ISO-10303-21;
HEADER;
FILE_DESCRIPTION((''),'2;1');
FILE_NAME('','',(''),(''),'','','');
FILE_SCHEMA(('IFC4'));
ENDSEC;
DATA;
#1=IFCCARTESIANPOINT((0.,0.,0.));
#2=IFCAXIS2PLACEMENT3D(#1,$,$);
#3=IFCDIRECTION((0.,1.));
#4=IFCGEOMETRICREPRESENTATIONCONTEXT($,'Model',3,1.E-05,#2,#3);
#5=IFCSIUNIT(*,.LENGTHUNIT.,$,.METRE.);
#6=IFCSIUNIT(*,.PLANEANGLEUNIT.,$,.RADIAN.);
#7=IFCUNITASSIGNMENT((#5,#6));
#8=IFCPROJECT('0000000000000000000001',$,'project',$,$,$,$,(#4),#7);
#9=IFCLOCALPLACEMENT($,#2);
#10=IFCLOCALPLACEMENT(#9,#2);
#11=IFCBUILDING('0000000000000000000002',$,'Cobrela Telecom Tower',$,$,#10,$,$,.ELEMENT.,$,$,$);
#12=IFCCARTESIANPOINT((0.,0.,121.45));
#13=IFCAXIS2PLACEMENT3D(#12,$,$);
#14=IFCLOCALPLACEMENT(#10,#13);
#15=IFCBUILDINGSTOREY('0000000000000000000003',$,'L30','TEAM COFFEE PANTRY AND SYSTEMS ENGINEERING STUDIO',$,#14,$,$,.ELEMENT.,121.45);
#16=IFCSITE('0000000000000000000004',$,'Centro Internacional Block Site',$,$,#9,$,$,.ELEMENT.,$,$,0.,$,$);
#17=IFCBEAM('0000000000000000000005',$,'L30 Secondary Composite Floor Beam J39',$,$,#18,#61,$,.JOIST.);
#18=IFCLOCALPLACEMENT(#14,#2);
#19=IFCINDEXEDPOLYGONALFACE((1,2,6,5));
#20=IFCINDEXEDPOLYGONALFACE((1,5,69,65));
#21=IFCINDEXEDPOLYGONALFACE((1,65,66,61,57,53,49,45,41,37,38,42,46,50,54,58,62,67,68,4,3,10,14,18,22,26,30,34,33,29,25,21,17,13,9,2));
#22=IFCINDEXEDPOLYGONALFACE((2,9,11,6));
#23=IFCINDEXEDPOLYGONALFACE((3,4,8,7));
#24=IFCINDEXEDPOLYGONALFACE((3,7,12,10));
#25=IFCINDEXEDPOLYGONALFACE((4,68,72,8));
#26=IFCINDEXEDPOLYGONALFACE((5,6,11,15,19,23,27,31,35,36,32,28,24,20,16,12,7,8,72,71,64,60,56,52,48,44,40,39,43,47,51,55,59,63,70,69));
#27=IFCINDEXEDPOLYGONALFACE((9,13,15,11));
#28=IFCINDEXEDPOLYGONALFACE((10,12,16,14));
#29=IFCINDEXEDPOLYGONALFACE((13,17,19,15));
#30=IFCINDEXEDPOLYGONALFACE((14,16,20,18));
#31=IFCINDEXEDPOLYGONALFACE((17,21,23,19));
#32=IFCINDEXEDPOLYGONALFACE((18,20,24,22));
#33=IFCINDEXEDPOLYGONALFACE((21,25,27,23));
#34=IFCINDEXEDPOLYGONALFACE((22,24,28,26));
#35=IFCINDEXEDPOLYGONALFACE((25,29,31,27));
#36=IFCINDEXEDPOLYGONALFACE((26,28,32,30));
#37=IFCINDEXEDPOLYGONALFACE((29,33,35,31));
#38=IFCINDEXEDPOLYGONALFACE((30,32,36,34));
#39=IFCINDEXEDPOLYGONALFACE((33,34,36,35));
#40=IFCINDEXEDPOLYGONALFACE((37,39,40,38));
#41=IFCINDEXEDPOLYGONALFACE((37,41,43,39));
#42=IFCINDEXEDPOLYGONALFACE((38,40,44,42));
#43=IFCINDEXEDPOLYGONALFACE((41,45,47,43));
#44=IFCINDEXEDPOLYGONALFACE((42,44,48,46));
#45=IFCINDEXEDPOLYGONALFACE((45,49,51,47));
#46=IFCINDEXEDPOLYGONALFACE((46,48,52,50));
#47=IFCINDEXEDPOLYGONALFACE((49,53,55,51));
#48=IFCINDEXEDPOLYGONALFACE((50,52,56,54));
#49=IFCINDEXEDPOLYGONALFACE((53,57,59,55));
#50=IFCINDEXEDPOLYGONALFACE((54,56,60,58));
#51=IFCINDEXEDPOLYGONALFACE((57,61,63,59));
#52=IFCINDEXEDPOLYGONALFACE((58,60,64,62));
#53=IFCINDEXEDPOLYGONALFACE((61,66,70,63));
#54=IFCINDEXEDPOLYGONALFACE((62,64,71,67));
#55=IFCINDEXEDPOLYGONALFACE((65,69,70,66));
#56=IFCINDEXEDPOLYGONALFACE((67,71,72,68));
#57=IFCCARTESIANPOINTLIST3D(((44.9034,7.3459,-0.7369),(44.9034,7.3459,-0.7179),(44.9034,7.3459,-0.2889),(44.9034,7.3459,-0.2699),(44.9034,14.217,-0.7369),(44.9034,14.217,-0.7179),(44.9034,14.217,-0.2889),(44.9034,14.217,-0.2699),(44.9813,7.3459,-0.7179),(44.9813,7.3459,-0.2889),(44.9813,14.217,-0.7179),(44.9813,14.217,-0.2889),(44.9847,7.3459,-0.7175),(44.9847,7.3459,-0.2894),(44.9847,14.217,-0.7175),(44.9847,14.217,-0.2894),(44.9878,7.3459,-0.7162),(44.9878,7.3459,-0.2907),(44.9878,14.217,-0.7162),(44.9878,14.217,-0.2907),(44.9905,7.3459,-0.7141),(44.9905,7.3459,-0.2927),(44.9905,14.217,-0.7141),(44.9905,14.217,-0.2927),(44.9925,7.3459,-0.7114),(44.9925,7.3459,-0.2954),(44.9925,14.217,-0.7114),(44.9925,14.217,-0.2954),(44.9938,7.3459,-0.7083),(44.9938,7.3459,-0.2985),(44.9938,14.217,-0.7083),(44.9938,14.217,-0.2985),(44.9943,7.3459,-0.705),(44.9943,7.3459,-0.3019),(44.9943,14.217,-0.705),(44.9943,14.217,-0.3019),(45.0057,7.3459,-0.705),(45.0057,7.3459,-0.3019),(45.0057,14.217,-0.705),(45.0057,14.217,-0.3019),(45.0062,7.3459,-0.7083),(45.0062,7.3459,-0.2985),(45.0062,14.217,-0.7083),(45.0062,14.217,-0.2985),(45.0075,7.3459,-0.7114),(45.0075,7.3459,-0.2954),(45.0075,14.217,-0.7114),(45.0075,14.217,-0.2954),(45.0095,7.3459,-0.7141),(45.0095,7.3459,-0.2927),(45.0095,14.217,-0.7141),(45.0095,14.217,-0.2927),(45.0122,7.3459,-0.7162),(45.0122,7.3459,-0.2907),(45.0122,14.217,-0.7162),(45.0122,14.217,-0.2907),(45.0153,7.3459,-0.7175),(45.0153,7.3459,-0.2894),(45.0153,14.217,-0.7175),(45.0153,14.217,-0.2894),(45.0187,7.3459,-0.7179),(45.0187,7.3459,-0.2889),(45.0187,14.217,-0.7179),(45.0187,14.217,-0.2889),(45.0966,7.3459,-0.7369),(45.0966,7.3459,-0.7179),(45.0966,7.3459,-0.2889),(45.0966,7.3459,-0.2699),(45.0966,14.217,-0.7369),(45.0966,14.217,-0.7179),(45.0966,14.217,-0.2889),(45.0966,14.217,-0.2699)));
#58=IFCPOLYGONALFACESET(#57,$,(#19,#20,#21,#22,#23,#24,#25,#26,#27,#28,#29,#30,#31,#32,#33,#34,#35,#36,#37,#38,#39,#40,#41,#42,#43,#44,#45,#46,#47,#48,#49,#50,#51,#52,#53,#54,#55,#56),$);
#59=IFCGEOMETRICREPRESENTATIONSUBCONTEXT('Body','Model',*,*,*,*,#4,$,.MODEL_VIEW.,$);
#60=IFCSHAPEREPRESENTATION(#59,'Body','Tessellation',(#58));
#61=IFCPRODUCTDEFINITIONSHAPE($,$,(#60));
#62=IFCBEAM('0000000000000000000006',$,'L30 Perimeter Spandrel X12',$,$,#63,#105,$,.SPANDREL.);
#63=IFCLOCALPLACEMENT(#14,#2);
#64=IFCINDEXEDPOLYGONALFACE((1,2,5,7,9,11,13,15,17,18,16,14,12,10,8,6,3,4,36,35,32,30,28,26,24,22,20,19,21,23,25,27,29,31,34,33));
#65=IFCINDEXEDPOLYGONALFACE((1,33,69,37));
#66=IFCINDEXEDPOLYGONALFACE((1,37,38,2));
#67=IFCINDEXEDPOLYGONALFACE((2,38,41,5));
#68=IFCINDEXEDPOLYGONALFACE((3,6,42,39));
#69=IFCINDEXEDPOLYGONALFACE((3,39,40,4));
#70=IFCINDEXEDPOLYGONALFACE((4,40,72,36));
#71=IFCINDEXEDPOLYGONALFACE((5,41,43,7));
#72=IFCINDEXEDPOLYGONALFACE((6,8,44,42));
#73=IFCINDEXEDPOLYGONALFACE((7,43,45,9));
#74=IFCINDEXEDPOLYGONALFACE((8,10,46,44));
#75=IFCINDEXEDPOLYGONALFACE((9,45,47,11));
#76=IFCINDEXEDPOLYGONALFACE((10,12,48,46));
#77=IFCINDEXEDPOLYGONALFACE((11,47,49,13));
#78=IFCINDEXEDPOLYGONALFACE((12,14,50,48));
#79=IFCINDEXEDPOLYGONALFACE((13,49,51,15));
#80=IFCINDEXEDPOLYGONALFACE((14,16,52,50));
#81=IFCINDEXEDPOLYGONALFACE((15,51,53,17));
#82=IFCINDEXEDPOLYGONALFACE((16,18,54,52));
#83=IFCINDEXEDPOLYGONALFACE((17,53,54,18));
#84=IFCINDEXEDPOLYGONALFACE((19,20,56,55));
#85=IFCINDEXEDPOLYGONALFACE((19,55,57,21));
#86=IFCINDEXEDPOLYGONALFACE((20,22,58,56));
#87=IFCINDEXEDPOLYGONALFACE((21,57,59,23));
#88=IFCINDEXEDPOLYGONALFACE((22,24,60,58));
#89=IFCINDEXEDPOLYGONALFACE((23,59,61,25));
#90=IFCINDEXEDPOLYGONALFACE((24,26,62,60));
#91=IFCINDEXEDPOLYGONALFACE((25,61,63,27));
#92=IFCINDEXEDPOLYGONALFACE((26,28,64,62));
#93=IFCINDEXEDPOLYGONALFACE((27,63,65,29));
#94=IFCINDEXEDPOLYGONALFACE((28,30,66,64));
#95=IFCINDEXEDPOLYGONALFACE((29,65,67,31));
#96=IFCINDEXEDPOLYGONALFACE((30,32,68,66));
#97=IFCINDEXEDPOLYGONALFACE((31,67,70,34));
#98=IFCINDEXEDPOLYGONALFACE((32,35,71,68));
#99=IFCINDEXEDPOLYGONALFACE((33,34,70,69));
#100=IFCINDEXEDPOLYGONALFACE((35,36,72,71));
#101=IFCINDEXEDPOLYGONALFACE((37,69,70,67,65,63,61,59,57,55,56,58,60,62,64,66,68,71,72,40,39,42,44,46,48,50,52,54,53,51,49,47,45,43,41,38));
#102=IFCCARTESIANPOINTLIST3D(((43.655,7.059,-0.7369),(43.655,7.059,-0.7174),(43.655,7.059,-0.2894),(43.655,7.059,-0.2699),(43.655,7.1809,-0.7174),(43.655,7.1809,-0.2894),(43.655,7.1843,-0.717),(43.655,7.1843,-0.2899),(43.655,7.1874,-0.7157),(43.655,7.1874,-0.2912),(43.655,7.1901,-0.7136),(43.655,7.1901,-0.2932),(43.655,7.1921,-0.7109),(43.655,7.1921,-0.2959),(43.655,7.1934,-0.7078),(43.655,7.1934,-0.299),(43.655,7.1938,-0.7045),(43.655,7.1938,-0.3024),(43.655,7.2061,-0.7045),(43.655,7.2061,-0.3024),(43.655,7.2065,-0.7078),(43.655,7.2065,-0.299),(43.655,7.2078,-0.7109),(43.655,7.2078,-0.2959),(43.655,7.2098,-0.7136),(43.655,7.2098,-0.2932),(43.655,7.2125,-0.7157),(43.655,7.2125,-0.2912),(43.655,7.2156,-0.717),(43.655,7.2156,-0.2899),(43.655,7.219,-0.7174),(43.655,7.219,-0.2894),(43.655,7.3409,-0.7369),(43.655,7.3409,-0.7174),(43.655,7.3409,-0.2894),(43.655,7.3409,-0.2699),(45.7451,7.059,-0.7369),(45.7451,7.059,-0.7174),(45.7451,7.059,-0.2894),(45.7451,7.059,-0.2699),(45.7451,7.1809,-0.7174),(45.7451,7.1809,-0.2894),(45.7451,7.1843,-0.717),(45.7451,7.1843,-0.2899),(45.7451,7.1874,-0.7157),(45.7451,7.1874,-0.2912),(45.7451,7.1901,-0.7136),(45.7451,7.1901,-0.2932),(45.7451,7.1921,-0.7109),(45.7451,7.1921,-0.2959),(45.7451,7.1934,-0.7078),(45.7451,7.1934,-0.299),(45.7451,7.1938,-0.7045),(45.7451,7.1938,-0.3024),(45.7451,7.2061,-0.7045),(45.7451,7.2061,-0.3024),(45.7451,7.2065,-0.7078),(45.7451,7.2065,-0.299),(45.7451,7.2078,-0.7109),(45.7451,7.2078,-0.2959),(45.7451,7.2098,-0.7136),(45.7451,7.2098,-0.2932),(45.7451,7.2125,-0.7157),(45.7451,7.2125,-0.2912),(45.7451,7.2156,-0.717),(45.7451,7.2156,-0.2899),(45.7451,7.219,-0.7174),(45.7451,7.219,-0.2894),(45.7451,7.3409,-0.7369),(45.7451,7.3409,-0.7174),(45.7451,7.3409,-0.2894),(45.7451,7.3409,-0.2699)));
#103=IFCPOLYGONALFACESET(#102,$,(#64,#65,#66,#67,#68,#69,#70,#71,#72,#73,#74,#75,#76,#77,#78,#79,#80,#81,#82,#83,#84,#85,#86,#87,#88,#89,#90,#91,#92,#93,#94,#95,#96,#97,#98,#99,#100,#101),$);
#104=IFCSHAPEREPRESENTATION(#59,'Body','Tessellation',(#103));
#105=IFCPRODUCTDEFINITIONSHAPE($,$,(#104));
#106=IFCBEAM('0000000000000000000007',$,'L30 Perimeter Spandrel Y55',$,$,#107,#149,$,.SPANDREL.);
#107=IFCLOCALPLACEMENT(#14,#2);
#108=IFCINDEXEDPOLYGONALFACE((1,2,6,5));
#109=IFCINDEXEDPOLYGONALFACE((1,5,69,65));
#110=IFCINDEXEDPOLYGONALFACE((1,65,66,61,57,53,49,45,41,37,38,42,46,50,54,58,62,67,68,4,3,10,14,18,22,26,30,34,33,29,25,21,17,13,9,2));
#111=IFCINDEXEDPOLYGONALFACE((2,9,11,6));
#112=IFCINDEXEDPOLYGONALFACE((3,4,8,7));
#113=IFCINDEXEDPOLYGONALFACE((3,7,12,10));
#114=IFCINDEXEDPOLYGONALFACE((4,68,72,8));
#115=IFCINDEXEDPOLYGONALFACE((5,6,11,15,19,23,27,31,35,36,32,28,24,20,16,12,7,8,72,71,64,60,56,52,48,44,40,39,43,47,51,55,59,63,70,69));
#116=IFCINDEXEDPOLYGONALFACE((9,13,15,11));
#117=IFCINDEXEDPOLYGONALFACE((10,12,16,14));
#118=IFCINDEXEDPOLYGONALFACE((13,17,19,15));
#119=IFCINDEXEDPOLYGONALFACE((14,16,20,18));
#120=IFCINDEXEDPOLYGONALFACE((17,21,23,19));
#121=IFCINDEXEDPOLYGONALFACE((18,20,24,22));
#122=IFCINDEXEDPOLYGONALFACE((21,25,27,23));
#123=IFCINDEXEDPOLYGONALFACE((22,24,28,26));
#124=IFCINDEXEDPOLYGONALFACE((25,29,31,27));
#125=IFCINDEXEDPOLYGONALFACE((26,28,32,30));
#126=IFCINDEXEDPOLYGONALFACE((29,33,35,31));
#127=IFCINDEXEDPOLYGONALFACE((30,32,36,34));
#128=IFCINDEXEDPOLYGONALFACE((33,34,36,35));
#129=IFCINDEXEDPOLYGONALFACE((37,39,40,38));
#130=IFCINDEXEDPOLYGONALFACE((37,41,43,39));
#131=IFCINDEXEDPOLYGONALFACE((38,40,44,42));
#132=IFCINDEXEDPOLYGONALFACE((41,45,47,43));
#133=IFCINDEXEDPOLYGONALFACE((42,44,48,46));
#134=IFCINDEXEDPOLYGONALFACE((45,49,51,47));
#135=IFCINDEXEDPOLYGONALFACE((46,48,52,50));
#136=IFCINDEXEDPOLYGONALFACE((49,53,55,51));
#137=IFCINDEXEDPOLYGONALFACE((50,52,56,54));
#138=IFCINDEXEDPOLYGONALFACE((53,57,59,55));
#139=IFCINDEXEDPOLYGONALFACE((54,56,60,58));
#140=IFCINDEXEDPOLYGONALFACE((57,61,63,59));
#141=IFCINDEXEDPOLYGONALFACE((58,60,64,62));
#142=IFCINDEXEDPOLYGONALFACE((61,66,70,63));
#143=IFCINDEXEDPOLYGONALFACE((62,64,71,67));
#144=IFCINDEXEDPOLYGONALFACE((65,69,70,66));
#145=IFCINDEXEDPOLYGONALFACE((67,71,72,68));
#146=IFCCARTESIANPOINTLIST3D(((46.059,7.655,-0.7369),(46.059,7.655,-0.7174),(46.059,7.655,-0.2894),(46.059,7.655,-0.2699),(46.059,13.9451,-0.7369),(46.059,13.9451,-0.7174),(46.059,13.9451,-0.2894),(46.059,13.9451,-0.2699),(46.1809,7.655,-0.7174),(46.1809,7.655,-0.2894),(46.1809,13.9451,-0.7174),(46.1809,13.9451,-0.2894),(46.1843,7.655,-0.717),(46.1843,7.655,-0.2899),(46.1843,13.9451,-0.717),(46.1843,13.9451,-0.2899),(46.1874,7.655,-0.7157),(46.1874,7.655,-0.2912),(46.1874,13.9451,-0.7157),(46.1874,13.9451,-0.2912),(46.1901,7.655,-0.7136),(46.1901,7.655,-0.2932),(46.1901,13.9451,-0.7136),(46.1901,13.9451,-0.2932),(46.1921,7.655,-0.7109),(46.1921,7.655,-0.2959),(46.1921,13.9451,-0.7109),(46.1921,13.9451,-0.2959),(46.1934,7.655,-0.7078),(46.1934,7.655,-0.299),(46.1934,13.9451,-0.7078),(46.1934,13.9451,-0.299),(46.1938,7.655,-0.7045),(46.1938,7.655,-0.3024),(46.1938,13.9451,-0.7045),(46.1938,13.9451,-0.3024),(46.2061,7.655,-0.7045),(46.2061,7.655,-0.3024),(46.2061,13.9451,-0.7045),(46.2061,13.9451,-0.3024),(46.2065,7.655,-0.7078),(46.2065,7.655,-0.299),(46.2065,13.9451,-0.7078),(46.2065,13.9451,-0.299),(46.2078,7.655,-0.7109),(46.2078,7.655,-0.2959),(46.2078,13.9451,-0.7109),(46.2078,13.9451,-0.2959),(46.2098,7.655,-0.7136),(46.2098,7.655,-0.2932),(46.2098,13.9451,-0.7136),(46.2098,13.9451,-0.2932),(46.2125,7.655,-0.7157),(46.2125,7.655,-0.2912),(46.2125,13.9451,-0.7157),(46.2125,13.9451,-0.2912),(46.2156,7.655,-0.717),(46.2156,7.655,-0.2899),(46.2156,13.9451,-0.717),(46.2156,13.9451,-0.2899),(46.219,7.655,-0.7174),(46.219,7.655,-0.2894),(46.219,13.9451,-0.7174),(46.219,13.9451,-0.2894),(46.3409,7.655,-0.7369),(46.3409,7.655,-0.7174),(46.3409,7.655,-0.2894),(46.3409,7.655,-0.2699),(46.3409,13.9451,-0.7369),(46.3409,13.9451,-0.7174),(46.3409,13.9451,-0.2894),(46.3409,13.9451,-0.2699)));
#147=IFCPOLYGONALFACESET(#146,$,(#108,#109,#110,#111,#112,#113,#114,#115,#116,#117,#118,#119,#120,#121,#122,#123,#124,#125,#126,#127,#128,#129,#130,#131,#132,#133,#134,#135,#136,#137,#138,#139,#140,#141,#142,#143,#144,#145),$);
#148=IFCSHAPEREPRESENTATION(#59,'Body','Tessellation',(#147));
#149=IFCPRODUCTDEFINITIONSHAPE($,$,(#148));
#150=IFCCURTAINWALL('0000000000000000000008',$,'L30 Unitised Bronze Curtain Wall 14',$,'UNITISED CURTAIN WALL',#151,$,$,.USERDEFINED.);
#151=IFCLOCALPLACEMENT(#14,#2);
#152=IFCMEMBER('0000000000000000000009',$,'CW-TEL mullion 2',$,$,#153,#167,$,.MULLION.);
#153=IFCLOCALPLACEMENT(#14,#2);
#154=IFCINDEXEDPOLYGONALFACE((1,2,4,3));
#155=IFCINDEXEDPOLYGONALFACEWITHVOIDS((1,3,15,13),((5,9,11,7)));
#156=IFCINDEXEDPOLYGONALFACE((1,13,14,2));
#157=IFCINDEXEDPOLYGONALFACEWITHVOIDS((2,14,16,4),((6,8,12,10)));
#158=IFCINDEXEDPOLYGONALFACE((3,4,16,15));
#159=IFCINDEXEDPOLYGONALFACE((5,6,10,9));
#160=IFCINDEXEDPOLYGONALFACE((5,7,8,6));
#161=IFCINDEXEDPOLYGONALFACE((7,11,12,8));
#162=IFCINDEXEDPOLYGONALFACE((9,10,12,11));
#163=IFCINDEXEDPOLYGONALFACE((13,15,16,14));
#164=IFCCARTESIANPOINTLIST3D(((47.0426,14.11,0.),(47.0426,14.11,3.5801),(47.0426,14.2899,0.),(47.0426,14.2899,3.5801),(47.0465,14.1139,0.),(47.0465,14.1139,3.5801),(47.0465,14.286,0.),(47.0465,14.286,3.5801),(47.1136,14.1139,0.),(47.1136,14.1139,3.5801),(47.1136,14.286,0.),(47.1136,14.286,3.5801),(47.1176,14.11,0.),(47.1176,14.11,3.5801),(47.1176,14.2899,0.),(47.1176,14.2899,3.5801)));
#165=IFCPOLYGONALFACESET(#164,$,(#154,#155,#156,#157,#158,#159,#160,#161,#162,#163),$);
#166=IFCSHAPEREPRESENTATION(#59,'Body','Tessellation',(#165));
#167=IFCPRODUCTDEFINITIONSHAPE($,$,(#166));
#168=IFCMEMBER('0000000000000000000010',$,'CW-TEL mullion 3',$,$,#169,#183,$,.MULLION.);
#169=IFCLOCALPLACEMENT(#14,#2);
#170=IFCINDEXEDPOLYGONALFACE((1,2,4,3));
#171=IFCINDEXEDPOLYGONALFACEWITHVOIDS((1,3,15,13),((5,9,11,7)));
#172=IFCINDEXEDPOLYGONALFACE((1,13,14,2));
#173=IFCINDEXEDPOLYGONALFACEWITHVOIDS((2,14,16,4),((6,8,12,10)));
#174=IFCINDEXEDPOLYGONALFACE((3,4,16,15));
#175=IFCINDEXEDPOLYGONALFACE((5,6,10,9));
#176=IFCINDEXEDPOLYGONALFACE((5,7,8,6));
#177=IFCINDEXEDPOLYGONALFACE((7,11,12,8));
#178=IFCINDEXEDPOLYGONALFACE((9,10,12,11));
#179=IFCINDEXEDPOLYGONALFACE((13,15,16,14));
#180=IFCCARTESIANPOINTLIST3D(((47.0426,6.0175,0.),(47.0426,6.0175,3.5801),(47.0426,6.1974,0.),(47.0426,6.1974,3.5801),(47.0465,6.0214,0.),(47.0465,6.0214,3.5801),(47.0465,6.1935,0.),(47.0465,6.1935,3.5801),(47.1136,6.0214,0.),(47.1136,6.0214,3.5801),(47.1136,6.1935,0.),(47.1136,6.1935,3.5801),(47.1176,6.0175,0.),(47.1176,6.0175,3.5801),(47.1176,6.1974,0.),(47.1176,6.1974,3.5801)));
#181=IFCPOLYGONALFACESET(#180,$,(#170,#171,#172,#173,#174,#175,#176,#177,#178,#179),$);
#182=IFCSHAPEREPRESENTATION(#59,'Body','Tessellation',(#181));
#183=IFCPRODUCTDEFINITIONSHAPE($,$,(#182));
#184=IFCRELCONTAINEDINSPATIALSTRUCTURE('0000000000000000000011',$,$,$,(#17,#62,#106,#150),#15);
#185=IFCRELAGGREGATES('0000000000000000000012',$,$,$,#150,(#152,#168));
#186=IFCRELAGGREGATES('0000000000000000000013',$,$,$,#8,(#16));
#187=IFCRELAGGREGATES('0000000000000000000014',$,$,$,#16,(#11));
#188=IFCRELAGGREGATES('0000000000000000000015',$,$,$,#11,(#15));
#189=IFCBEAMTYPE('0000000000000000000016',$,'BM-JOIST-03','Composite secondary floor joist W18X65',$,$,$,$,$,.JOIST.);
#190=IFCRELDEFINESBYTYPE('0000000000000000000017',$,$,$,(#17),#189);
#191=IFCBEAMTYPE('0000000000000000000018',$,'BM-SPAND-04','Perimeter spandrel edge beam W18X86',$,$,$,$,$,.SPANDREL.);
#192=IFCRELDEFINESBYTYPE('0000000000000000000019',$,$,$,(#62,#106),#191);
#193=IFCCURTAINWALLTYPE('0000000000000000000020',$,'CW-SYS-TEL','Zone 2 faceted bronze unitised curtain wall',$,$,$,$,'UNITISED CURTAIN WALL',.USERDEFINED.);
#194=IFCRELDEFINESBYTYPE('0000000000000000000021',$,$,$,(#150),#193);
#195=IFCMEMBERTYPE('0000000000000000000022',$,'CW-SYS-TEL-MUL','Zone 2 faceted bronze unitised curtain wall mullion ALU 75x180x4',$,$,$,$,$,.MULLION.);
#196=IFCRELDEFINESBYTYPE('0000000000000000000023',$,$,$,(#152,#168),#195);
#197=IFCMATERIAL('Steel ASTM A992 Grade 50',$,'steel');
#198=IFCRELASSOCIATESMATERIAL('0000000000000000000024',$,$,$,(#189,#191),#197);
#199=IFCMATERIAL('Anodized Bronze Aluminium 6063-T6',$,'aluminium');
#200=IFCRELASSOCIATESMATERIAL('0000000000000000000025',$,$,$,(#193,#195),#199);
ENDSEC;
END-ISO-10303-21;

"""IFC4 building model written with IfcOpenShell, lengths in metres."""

from ifc_helpers import new_model, si_unit, direction, frame, origin, origin_2d, place, context, subcontext, project, spatial, hollow_rectangle, i_section, extrude, material, material_profile, profile_set, type_object, element, aggregate, save


model = new_model("IFC4")

# Units and contexts
model_context = context("Model", 3, precision=1e-05, world=origin(), true_north=direction((0.0, 1.0)))
body_context = subcontext(model_context, "Body", "Model", "MODEL_VIEW")
ifc_project = project(units=[si_unit("LENGTHUNIT", "METRE"), si_unit("PLANEANGLEUNIT", "RADIAN")], contexts=[model_context])

# Site, building, storey
site_placement = place(None, origin())
site = spatial("IfcSite", under=ifc_project, at=site_placement, Name="Centro Internacional Block Site", CompositionType="ELEMENT", RefElevation=0.0)
building_placement = place(site_placement, origin())
building = spatial("IfcBuilding", under=site, at=building_placement, Name="Cobrela Telecom Tower", CompositionType="ELEMENT")
storey_placement = place(building_placement, frame((0.0, 0.0, 121.45)))
storey = spatial("IfcBuildingStorey", under=building, at=storey_placement, Name="L30", Description="TEAM COFFEE PANTRY AND SYSTEMS ENGINEERING STUDIO", CompositionType="ELEMENT", Elevation=121.45)

# Shared definitions
ifc_material_1 = material(Name="Steel ASTM A992 Grade 50", Category="steel")

# Beams
ifc_material_profile_1 = material_profile(ifc_material_1, i_section(OverallWidth=0.1931, OverallDepth=0.467, WebThickness=0.0115, FlangeThickness=0.019, FilletRadius=0.0129, at=origin_2d()), Name="W18X65")
ifc_profile_set_1 = profile_set([ifc_material_profile_1], Name="Steel ASTM A992 Grade 50")
beam_type_1 = type_object("IfcBeamType", Name="BM-JOIST-03", Description="Composite secondary floor joist W18X65", PredefinedType="JOIST", material=ifc_profile_set_1)
beam_1_placement = place(storey_placement, frame((45.0, 7.3459, -0.5034), z_axis=(0.0, 1.0, 0.0), x_axis=(-1.0, 0.0, 0.0)))
element("IfcBeam", 1, at=beam_1_placement, inside=storey, type_object=beam_type_1, Name="L30 Secondary Composite Floor Beam J39", PredefinedType="JOIST", context=body_context, shape_type="SweptSolid", body=[
    extrude(i_section(OverallWidth=0.1931, OverallDepth=0.467, WebThickness=0.0115, FlangeThickness=0.019, FilletRadius=0.0129, at=origin_2d()), origin(), (0.0, 0.0, 1.0), 6.8711),
])
ifc_material_profile_2 = material_profile(ifc_material_1, i_section(OverallWidth=0.282, OverallDepth=0.467, WebThickness=0.0122, FlangeThickness=0.0195, FilletRadius=0.0129, at=origin_2d()), Name="W18X86")
ifc_profile_set_2 = profile_set([ifc_material_profile_2], Name="Steel ASTM A992 Grade 50")
beam_type_2 = type_object("IfcBeamType", Name="BM-SPAND-04", Description="Perimeter spandrel edge beam W18X86", PredefinedType="SPANDREL", material=ifc_profile_set_2)
beam_2_placement = place(storey_placement, frame((43.655, 7.2, -0.5034), z_axis=(1.0, 0.0, 0.0), x_axis=(0.0, 1.0, 0.0)))
element("IfcBeam", 2, at=beam_2_placement, inside=storey, type_object=beam_type_2, Name="L30 Perimeter Spandrel X12", PredefinedType="SPANDREL", context=body_context, shape_type="SweptSolid", body=[
    extrude(i_section(OverallWidth=0.282, OverallDepth=0.467, WebThickness=0.0122, FlangeThickness=0.0195, FilletRadius=0.0129, at=origin_2d()), origin(), (0.0, 0.0, 1.0), 2.0901),
])
beam_3_placement = place(storey_placement, frame((46.2, 7.655, -0.5034), z_axis=(0.0, 1.0, 0.0), x_axis=(-1.0, 0.0, 0.0)))
element("IfcBeam", 3, at=beam_3_placement, inside=storey, type_object=beam_type_2, Name="L30 Perimeter Spandrel Y55", PredefinedType="SPANDREL", context=body_context, shape_type="SweptSolid", body=[
    extrude(i_section(OverallWidth=0.282, OverallDepth=0.467, WebThickness=0.0122, FlangeThickness=0.0195, FilletRadius=0.0129, at=origin_2d()), origin(), (0.0, 0.0, 1.0), 6.29),
])

# Curtain wall, members
ifc_material_2 = material(Name="Anodized Bronze Aluminium 6063-T6", Category="aluminium")
curtain_wall_type = type_object("IfcCurtainWallType", Name="CW-SYS-TEL", Description="Zone 2 faceted bronze unitised curtain wall", ElementType="UNITISED CURTAIN WALL", PredefinedType="USERDEFINED", material=ifc_material_2)
curtain_wall_1_placement = place(storey_placement, origin())
curtain_wall_1 = element("IfcCurtainWall", 4, at=curtain_wall_1_placement, inside=storey, type_object=curtain_wall_type, Name="L30 Unitised Bronze Curtain Wall 14", ObjectType="UNITISED CURTAIN WALL", PredefinedType="USERDEFINED")
ifc_material_profile_3 = material_profile(ifc_material_2, hollow_rectangle(XDim=0.075, YDim=0.1799, WallThickness=0.0039, at=origin_2d()), Name="ALU 75x180x4")
ifc_profile_set_3 = profile_set([ifc_material_profile_3], Name="Anodized Bronze Aluminium 6063-T6")
member_type_1 = type_object("IfcMemberType", Name="CW-SYS-TEL-MUL", Description="Zone 2 faceted bronze unitised curtain wall mullion ALU 75x180x4", PredefinedType="MULLION", material=ifc_profile_set_3)
member_1_placement = place(storey_placement, frame((47.0801, 14.2, 0.0), z_axis=(0.0, 0.0, 1.0), x_axis=(1.0, 0.0, 0.0)))
member_1 = element("IfcMember", 5, at=member_1_placement, type_object=member_type_1, Name="CW-TEL mullion 2", PredefinedType="MULLION", context=body_context, shape_type="SweptSolid", body=[
    extrude(hollow_rectangle(XDim=0.075, YDim=0.1799, WallThickness=0.0039, at=origin_2d()), origin(), (0.0, 0.0, 1.0), 3.5801),
])
member_2_placement = place(storey_placement, frame((47.0801, 6.1074, 0.0), z_axis=(0.0, 0.0, 1.0), x_axis=(1.0, 0.0, 0.0)))
member_2 = element("IfcMember", 6, at=member_2_placement, type_object=member_type_1, Name="CW-TEL mullion 3", PredefinedType="MULLION", context=body_context, shape_type="SweptSolid", body=[
    extrude(hollow_rectangle(XDim=0.075, YDim=0.1799, WallThickness=0.0039, at=origin_2d()), origin(), (0.0, 0.0, 1.0), 3.5801),
])

aggregate(curtain_wall_1, [member_1, member_2])

save(model, "model.ifc")
